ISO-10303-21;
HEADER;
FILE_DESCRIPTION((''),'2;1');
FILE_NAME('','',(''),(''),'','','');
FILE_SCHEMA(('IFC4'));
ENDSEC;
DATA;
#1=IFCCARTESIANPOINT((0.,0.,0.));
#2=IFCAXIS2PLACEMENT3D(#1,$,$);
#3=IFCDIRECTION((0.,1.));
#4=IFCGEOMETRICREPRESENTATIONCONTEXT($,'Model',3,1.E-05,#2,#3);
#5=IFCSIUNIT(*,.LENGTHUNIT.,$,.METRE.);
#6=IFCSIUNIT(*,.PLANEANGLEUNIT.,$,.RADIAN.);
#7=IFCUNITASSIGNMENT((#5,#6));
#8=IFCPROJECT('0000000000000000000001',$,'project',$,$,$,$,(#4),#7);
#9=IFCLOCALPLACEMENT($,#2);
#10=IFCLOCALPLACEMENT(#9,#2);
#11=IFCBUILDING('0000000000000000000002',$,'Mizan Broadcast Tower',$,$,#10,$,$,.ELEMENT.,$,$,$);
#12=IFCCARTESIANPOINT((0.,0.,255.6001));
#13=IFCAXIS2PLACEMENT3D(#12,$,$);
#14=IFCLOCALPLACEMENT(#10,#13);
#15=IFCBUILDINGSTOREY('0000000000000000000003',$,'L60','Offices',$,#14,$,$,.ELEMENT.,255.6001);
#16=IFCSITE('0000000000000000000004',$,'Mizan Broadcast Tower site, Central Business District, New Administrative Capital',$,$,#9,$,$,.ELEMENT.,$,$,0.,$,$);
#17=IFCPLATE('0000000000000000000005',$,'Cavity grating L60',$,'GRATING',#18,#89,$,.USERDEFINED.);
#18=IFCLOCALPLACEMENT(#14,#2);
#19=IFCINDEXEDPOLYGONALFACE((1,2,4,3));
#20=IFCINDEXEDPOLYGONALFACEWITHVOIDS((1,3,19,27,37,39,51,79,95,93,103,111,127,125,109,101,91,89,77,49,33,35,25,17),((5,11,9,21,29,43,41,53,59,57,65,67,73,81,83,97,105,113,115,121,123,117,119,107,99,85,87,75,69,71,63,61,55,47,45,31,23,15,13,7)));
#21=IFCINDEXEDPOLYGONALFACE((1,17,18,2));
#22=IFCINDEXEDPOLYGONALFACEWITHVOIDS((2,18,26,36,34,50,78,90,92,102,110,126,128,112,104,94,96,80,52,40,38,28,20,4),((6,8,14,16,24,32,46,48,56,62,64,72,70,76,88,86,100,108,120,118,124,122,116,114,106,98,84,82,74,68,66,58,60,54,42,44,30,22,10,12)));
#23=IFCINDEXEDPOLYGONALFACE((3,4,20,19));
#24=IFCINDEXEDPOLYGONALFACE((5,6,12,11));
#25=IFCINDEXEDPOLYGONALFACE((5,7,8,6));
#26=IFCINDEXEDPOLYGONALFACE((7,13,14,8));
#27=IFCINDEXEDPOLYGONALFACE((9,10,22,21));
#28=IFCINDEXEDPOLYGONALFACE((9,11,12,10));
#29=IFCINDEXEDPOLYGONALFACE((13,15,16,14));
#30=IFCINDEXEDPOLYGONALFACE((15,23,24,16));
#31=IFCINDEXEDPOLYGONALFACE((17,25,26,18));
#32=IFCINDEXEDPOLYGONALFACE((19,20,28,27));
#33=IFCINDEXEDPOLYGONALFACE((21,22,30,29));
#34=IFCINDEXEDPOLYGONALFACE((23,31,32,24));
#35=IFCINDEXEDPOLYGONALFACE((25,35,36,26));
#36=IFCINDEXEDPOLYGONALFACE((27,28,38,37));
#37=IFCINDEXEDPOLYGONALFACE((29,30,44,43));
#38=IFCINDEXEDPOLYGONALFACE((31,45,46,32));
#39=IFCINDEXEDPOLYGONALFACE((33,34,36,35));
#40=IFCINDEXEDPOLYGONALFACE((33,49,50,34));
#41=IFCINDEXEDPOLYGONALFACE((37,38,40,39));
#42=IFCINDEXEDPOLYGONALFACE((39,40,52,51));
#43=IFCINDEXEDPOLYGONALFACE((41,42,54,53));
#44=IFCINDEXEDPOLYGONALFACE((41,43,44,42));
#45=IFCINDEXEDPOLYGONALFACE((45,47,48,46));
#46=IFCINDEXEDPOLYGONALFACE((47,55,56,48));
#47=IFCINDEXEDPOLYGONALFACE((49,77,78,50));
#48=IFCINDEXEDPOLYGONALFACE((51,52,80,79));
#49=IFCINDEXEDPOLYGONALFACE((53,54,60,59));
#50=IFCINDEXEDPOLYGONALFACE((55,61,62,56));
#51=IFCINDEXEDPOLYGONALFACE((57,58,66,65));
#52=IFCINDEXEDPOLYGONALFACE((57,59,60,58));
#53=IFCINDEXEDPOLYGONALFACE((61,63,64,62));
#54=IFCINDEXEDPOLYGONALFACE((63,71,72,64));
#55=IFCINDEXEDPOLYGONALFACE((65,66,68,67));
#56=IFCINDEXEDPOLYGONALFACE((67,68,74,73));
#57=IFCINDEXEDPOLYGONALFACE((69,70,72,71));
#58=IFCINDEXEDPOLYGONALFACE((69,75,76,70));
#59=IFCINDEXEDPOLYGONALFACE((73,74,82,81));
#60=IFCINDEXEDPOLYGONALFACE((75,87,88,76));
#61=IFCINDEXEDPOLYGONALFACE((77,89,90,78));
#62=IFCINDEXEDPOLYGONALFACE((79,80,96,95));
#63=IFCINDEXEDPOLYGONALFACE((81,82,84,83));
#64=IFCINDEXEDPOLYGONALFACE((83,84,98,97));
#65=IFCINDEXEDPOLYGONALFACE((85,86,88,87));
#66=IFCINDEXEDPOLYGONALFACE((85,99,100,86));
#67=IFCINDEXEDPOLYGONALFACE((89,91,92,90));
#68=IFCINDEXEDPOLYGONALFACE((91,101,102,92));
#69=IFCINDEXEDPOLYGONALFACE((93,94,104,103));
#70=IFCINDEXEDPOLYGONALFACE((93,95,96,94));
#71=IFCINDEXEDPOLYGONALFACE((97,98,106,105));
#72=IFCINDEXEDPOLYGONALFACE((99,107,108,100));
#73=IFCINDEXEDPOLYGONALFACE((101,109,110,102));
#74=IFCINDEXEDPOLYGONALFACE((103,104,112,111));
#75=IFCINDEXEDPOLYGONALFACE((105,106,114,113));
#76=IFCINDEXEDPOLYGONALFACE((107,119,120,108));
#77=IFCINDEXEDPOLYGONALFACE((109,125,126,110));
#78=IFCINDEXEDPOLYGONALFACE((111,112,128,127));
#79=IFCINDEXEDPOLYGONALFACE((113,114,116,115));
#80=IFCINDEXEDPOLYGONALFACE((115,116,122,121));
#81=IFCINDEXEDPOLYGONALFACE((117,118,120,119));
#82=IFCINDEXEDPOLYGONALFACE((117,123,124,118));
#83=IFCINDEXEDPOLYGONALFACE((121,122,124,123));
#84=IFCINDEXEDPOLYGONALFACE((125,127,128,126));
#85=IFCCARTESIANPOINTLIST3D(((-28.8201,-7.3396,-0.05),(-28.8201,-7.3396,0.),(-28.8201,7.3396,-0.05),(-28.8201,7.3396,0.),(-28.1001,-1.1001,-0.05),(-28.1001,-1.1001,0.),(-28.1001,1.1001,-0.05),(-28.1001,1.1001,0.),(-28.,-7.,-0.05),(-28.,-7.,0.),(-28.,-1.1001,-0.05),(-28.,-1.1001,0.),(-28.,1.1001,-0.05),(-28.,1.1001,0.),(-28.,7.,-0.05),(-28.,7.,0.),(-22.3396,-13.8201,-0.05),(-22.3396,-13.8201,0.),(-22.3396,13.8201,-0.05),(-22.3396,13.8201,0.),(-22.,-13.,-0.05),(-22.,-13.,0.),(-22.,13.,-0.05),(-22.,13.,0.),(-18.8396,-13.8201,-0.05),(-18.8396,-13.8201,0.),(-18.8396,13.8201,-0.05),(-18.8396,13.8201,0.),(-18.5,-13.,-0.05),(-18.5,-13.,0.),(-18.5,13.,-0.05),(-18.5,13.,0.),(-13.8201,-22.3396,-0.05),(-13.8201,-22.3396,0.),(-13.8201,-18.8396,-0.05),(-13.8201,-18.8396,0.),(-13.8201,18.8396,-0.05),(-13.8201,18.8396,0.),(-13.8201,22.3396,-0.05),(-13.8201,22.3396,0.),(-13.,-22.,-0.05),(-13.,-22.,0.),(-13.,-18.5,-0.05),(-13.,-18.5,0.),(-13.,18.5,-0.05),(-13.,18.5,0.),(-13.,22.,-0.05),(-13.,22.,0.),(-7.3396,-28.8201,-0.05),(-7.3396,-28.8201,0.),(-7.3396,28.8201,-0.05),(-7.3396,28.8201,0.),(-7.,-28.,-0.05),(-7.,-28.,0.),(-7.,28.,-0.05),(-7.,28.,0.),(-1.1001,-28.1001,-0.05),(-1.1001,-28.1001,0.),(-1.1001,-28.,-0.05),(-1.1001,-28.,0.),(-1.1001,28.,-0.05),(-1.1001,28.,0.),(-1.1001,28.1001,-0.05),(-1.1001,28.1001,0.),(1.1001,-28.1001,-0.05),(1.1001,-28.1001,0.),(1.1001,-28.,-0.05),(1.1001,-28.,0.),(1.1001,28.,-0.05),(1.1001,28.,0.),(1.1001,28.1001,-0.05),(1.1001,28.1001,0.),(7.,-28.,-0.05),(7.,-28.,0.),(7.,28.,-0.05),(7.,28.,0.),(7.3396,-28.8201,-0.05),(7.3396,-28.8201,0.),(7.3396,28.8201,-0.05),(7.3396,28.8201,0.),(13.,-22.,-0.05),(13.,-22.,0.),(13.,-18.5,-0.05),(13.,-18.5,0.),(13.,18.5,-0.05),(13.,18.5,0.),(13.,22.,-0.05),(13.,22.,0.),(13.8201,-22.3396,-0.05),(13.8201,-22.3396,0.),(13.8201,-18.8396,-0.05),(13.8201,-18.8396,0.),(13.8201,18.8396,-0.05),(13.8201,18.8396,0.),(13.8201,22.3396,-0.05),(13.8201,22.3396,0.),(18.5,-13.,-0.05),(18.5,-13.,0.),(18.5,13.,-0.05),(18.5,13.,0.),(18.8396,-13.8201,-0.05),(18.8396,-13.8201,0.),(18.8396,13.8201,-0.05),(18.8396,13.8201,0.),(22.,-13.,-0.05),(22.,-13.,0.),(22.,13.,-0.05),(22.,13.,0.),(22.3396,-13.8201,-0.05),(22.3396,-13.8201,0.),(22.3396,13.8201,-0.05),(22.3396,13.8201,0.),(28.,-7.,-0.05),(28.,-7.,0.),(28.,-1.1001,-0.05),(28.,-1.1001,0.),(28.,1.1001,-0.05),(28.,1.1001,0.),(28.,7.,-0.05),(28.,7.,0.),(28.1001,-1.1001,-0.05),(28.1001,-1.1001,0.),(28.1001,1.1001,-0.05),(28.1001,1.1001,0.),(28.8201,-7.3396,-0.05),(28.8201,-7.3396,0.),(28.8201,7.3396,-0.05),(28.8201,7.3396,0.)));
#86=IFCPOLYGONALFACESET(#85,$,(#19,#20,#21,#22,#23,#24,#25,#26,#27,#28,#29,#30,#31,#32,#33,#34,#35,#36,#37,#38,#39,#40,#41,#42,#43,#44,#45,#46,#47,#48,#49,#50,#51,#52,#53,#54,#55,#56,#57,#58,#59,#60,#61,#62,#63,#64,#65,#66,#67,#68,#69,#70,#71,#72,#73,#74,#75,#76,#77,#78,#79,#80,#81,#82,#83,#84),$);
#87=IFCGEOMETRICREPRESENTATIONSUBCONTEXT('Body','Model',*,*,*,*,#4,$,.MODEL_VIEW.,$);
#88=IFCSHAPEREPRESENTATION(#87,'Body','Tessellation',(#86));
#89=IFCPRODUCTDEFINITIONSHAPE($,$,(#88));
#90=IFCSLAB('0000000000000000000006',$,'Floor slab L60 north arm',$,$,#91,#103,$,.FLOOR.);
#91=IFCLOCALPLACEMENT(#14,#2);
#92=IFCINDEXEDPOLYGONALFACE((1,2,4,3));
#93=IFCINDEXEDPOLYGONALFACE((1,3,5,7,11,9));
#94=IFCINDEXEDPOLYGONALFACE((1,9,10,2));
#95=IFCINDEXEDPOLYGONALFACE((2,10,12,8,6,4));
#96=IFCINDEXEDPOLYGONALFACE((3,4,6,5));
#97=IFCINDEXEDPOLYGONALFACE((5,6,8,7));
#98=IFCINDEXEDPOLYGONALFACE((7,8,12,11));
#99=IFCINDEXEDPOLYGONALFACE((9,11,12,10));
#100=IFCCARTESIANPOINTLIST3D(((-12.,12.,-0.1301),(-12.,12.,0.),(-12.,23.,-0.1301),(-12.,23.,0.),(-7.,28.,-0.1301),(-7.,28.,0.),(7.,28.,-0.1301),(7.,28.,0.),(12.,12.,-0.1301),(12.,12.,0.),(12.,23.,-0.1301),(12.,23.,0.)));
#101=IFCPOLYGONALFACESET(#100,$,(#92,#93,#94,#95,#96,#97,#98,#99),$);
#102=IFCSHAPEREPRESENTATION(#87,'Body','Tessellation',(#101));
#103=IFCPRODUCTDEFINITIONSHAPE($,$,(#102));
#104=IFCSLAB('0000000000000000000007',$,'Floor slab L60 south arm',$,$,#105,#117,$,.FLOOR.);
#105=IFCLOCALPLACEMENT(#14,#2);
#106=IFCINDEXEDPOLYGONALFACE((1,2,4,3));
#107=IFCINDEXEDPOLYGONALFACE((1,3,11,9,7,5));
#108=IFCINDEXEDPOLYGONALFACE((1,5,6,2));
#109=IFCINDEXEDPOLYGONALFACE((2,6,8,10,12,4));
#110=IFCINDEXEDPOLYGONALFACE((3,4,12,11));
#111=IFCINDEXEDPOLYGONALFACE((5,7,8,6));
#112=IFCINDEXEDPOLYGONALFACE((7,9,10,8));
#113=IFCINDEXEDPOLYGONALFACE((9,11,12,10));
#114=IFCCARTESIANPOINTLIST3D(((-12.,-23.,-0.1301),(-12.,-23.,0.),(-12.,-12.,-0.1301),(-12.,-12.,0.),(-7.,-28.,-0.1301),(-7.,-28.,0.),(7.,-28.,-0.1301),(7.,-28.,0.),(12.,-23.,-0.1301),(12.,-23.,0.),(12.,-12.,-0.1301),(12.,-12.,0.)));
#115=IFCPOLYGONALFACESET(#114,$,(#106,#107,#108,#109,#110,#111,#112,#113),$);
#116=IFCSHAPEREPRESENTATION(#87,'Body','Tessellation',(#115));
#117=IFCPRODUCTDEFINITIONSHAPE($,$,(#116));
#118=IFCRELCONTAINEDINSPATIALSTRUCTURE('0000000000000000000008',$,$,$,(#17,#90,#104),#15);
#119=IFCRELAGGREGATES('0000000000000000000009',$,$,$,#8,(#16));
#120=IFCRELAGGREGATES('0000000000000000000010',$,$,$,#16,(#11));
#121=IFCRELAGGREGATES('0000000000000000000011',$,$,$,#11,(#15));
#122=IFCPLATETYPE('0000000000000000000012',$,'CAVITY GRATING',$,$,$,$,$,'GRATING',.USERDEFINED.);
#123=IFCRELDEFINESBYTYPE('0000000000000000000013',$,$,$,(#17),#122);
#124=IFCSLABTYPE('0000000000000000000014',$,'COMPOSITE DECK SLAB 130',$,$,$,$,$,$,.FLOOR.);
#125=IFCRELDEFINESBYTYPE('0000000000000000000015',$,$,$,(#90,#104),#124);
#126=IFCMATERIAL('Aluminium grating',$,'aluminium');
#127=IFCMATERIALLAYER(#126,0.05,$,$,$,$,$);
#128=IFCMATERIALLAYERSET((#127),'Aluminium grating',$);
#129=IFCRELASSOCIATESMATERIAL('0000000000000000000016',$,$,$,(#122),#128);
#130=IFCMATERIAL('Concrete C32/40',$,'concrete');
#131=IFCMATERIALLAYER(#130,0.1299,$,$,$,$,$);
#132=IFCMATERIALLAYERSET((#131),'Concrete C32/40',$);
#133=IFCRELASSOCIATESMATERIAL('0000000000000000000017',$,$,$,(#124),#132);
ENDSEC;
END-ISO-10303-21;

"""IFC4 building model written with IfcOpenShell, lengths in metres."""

from ifc_helpers import new_model, si_unit, direction, frame, origin, place, context, subcontext, project, spatial, polyline, outline, extrude, material, layer, layer_set, type_object, element, save


model = new_model("IFC4")

# Units and contexts
model_context = context("Model", 3, precision=1e-05, world=origin(), true_north=direction((0.0, 1.0)))
body_context = subcontext(model_context, "Body", "Model", "MODEL_VIEW")
ifc_project = project(units=[si_unit("LENGTHUNIT", "METRE"), si_unit("PLANEANGLEUNIT", "RADIAN")], contexts=[model_context])

# Site, building, storey
site_placement = place(None, origin())
site = spatial("IfcSite", under=ifc_project, at=site_placement, Name="Mizan Broadcast Tower site, Central Business District, New Administrative Capital", CompositionType="ELEMENT", RefElevation=0.0)
building_placement = place(site_placement, origin())
building = spatial("IfcBuilding", under=site, at=building_placement, Name="Mizan Broadcast Tower", CompositionType="ELEMENT")
storey_placement = place(building_placement, frame((0.0, 0.0, 255.6001)))
storey = spatial("IfcBuildingStorey", under=building, at=storey_placement, Name="L60", Description="Offices", CompositionType="ELEMENT", Elevation=255.6001)

# Plate
ifc_material_1 = material(Name="Aluminium grating", Category="aluminium")
ifc_layer_1 = layer(ifc_material_1, 0.05)
ifc_layer_set_1 = layer_set([ifc_layer_1], Name="Aluminium grating")
plate_type = type_object("IfcPlateType", Name="CAVITY GRATING", ElementType="GRATING", PredefinedType="USERDEFINED", material=ifc_layer_set_1)
plate_placement = place(storey_placement, frame((0.0, 0.0, -0.05)))
element("IfcPlate", 1, at=plate_placement, inside=storey, type_object=plate_type, Name="Cavity grating L60", ObjectType="GRATING", PredefinedType="USERDEFINED", context=body_context, shape_type="SweptSolid", body=[
    extrude(outline(polyline([(13.8201, -18.8396), (18.8396, -13.8201), (22.3396, -13.8201), (28.8201, -7.3396), (28.8201, 7.3396), (22.3396, 13.8201), (18.8396, 13.8201), (13.8201, 18.8396), (13.8201, 22.3396), (7.3396, 28.8201), (-7.3396, 28.8201), (-13.8201, 22.3396), (-13.8201, 18.8396), (-18.8396, 13.8201), (-22.3396, 13.8201), (-28.8201, 7.3396), (-28.8201, -7.3396), (-22.3396, -13.8201), (-18.8396, -13.8201), (-13.8201, -18.8396), (-13.8201, -22.3396), (-7.3396, -28.8201), (7.3396, -28.8201), (13.8201, -22.3396), (13.8201, -18.8396)]), holes=[polyline([(28.0, -1.1001), (28.0, -7.0), (22.0, -13.0), (18.5, -13.0), (13.0, -18.5), (13.0, -22.0), (7.0, -28.0), (1.1001, -28.0), (1.1001, -28.1001), (-1.1001, -28.1001), (-1.1001, -28.0), (-7.0, -28.0), (-13.0, -22.0), (-13.0, -18.5), (-18.5, -13.0), (-22.0, -13.0), (-28.0, -7.0), (-28.0, -1.1001), (-28.1001, -1.1001), (-28.1001, 1.1001), (-28.0, 1.1001), (-28.0, 7.0), (-22.0, 13.0), (-18.5, 13.0), (-13.0, 18.5), (-13.0, 22.0), (-7.0, 28.0), (-1.1001, 28.0), (-1.1001, 28.1001), (1.1001, 28.1001), (1.1001, 28.0), (7.0, 28.0), (13.0, 22.0), (13.0, 18.5), (18.5, 13.0), (22.0, 13.0), (28.0, 7.0), (28.0, 1.1001), (28.1001, 1.1001), (28.1001, -1.1001), (28.0, -1.1001)])]), origin(), (0.0, 0.0, 1.0), 0.05),
])

# Slabs
ifc_material_2 = material(Name="Concrete C32/40", Category="concrete")
ifc_layer_2 = layer(ifc_material_2, 0.1299)
ifc_layer_set_2 = layer_set([ifc_layer_2], Name="Concrete C32/40")
slab_type_1 = type_object("IfcSlabType", Name="COMPOSITE DECK SLAB 130", PredefinedType="FLOOR", material=ifc_layer_set_2)
slab_1_placement = place(storey_placement, frame((0.0, 0.0, -0.1301)))
element("IfcSlab", 2, at=slab_1_placement, inside=storey, type_object=slab_type_1, Name="Floor slab L60 north arm", PredefinedType="FLOOR", context=body_context, shape_type="SweptSolid", body=[
    extrude(outline(polyline([(-7.0, 28.0), (-12.0, 23.0), (-12.0, 12.0), (12.0, 12.0), (12.0, 23.0), (7.0, 28.0), (-7.0, 28.0)])), origin(), (0.0, 0.0, 1.0), 0.1301),
])
slab_2_placement = place(storey_placement, frame((0.0, 0.0, -0.1301)))
element("IfcSlab", 3, at=slab_2_placement, inside=storey, type_object=slab_type_1, Name="Floor slab L60 south arm", PredefinedType="FLOOR", context=body_context, shape_type="SweptSolid", body=[
    extrude(outline(polyline([(7.0, -28.0), (12.0, -23.0), (12.0, -12.0), (-12.0, -12.0), (-12.0, -23.0), (-7.0, -28.0), (7.0, -28.0)])), origin(), (0.0, 0.0, 1.0), 0.1301),
])

save(model, "model.ifc")
